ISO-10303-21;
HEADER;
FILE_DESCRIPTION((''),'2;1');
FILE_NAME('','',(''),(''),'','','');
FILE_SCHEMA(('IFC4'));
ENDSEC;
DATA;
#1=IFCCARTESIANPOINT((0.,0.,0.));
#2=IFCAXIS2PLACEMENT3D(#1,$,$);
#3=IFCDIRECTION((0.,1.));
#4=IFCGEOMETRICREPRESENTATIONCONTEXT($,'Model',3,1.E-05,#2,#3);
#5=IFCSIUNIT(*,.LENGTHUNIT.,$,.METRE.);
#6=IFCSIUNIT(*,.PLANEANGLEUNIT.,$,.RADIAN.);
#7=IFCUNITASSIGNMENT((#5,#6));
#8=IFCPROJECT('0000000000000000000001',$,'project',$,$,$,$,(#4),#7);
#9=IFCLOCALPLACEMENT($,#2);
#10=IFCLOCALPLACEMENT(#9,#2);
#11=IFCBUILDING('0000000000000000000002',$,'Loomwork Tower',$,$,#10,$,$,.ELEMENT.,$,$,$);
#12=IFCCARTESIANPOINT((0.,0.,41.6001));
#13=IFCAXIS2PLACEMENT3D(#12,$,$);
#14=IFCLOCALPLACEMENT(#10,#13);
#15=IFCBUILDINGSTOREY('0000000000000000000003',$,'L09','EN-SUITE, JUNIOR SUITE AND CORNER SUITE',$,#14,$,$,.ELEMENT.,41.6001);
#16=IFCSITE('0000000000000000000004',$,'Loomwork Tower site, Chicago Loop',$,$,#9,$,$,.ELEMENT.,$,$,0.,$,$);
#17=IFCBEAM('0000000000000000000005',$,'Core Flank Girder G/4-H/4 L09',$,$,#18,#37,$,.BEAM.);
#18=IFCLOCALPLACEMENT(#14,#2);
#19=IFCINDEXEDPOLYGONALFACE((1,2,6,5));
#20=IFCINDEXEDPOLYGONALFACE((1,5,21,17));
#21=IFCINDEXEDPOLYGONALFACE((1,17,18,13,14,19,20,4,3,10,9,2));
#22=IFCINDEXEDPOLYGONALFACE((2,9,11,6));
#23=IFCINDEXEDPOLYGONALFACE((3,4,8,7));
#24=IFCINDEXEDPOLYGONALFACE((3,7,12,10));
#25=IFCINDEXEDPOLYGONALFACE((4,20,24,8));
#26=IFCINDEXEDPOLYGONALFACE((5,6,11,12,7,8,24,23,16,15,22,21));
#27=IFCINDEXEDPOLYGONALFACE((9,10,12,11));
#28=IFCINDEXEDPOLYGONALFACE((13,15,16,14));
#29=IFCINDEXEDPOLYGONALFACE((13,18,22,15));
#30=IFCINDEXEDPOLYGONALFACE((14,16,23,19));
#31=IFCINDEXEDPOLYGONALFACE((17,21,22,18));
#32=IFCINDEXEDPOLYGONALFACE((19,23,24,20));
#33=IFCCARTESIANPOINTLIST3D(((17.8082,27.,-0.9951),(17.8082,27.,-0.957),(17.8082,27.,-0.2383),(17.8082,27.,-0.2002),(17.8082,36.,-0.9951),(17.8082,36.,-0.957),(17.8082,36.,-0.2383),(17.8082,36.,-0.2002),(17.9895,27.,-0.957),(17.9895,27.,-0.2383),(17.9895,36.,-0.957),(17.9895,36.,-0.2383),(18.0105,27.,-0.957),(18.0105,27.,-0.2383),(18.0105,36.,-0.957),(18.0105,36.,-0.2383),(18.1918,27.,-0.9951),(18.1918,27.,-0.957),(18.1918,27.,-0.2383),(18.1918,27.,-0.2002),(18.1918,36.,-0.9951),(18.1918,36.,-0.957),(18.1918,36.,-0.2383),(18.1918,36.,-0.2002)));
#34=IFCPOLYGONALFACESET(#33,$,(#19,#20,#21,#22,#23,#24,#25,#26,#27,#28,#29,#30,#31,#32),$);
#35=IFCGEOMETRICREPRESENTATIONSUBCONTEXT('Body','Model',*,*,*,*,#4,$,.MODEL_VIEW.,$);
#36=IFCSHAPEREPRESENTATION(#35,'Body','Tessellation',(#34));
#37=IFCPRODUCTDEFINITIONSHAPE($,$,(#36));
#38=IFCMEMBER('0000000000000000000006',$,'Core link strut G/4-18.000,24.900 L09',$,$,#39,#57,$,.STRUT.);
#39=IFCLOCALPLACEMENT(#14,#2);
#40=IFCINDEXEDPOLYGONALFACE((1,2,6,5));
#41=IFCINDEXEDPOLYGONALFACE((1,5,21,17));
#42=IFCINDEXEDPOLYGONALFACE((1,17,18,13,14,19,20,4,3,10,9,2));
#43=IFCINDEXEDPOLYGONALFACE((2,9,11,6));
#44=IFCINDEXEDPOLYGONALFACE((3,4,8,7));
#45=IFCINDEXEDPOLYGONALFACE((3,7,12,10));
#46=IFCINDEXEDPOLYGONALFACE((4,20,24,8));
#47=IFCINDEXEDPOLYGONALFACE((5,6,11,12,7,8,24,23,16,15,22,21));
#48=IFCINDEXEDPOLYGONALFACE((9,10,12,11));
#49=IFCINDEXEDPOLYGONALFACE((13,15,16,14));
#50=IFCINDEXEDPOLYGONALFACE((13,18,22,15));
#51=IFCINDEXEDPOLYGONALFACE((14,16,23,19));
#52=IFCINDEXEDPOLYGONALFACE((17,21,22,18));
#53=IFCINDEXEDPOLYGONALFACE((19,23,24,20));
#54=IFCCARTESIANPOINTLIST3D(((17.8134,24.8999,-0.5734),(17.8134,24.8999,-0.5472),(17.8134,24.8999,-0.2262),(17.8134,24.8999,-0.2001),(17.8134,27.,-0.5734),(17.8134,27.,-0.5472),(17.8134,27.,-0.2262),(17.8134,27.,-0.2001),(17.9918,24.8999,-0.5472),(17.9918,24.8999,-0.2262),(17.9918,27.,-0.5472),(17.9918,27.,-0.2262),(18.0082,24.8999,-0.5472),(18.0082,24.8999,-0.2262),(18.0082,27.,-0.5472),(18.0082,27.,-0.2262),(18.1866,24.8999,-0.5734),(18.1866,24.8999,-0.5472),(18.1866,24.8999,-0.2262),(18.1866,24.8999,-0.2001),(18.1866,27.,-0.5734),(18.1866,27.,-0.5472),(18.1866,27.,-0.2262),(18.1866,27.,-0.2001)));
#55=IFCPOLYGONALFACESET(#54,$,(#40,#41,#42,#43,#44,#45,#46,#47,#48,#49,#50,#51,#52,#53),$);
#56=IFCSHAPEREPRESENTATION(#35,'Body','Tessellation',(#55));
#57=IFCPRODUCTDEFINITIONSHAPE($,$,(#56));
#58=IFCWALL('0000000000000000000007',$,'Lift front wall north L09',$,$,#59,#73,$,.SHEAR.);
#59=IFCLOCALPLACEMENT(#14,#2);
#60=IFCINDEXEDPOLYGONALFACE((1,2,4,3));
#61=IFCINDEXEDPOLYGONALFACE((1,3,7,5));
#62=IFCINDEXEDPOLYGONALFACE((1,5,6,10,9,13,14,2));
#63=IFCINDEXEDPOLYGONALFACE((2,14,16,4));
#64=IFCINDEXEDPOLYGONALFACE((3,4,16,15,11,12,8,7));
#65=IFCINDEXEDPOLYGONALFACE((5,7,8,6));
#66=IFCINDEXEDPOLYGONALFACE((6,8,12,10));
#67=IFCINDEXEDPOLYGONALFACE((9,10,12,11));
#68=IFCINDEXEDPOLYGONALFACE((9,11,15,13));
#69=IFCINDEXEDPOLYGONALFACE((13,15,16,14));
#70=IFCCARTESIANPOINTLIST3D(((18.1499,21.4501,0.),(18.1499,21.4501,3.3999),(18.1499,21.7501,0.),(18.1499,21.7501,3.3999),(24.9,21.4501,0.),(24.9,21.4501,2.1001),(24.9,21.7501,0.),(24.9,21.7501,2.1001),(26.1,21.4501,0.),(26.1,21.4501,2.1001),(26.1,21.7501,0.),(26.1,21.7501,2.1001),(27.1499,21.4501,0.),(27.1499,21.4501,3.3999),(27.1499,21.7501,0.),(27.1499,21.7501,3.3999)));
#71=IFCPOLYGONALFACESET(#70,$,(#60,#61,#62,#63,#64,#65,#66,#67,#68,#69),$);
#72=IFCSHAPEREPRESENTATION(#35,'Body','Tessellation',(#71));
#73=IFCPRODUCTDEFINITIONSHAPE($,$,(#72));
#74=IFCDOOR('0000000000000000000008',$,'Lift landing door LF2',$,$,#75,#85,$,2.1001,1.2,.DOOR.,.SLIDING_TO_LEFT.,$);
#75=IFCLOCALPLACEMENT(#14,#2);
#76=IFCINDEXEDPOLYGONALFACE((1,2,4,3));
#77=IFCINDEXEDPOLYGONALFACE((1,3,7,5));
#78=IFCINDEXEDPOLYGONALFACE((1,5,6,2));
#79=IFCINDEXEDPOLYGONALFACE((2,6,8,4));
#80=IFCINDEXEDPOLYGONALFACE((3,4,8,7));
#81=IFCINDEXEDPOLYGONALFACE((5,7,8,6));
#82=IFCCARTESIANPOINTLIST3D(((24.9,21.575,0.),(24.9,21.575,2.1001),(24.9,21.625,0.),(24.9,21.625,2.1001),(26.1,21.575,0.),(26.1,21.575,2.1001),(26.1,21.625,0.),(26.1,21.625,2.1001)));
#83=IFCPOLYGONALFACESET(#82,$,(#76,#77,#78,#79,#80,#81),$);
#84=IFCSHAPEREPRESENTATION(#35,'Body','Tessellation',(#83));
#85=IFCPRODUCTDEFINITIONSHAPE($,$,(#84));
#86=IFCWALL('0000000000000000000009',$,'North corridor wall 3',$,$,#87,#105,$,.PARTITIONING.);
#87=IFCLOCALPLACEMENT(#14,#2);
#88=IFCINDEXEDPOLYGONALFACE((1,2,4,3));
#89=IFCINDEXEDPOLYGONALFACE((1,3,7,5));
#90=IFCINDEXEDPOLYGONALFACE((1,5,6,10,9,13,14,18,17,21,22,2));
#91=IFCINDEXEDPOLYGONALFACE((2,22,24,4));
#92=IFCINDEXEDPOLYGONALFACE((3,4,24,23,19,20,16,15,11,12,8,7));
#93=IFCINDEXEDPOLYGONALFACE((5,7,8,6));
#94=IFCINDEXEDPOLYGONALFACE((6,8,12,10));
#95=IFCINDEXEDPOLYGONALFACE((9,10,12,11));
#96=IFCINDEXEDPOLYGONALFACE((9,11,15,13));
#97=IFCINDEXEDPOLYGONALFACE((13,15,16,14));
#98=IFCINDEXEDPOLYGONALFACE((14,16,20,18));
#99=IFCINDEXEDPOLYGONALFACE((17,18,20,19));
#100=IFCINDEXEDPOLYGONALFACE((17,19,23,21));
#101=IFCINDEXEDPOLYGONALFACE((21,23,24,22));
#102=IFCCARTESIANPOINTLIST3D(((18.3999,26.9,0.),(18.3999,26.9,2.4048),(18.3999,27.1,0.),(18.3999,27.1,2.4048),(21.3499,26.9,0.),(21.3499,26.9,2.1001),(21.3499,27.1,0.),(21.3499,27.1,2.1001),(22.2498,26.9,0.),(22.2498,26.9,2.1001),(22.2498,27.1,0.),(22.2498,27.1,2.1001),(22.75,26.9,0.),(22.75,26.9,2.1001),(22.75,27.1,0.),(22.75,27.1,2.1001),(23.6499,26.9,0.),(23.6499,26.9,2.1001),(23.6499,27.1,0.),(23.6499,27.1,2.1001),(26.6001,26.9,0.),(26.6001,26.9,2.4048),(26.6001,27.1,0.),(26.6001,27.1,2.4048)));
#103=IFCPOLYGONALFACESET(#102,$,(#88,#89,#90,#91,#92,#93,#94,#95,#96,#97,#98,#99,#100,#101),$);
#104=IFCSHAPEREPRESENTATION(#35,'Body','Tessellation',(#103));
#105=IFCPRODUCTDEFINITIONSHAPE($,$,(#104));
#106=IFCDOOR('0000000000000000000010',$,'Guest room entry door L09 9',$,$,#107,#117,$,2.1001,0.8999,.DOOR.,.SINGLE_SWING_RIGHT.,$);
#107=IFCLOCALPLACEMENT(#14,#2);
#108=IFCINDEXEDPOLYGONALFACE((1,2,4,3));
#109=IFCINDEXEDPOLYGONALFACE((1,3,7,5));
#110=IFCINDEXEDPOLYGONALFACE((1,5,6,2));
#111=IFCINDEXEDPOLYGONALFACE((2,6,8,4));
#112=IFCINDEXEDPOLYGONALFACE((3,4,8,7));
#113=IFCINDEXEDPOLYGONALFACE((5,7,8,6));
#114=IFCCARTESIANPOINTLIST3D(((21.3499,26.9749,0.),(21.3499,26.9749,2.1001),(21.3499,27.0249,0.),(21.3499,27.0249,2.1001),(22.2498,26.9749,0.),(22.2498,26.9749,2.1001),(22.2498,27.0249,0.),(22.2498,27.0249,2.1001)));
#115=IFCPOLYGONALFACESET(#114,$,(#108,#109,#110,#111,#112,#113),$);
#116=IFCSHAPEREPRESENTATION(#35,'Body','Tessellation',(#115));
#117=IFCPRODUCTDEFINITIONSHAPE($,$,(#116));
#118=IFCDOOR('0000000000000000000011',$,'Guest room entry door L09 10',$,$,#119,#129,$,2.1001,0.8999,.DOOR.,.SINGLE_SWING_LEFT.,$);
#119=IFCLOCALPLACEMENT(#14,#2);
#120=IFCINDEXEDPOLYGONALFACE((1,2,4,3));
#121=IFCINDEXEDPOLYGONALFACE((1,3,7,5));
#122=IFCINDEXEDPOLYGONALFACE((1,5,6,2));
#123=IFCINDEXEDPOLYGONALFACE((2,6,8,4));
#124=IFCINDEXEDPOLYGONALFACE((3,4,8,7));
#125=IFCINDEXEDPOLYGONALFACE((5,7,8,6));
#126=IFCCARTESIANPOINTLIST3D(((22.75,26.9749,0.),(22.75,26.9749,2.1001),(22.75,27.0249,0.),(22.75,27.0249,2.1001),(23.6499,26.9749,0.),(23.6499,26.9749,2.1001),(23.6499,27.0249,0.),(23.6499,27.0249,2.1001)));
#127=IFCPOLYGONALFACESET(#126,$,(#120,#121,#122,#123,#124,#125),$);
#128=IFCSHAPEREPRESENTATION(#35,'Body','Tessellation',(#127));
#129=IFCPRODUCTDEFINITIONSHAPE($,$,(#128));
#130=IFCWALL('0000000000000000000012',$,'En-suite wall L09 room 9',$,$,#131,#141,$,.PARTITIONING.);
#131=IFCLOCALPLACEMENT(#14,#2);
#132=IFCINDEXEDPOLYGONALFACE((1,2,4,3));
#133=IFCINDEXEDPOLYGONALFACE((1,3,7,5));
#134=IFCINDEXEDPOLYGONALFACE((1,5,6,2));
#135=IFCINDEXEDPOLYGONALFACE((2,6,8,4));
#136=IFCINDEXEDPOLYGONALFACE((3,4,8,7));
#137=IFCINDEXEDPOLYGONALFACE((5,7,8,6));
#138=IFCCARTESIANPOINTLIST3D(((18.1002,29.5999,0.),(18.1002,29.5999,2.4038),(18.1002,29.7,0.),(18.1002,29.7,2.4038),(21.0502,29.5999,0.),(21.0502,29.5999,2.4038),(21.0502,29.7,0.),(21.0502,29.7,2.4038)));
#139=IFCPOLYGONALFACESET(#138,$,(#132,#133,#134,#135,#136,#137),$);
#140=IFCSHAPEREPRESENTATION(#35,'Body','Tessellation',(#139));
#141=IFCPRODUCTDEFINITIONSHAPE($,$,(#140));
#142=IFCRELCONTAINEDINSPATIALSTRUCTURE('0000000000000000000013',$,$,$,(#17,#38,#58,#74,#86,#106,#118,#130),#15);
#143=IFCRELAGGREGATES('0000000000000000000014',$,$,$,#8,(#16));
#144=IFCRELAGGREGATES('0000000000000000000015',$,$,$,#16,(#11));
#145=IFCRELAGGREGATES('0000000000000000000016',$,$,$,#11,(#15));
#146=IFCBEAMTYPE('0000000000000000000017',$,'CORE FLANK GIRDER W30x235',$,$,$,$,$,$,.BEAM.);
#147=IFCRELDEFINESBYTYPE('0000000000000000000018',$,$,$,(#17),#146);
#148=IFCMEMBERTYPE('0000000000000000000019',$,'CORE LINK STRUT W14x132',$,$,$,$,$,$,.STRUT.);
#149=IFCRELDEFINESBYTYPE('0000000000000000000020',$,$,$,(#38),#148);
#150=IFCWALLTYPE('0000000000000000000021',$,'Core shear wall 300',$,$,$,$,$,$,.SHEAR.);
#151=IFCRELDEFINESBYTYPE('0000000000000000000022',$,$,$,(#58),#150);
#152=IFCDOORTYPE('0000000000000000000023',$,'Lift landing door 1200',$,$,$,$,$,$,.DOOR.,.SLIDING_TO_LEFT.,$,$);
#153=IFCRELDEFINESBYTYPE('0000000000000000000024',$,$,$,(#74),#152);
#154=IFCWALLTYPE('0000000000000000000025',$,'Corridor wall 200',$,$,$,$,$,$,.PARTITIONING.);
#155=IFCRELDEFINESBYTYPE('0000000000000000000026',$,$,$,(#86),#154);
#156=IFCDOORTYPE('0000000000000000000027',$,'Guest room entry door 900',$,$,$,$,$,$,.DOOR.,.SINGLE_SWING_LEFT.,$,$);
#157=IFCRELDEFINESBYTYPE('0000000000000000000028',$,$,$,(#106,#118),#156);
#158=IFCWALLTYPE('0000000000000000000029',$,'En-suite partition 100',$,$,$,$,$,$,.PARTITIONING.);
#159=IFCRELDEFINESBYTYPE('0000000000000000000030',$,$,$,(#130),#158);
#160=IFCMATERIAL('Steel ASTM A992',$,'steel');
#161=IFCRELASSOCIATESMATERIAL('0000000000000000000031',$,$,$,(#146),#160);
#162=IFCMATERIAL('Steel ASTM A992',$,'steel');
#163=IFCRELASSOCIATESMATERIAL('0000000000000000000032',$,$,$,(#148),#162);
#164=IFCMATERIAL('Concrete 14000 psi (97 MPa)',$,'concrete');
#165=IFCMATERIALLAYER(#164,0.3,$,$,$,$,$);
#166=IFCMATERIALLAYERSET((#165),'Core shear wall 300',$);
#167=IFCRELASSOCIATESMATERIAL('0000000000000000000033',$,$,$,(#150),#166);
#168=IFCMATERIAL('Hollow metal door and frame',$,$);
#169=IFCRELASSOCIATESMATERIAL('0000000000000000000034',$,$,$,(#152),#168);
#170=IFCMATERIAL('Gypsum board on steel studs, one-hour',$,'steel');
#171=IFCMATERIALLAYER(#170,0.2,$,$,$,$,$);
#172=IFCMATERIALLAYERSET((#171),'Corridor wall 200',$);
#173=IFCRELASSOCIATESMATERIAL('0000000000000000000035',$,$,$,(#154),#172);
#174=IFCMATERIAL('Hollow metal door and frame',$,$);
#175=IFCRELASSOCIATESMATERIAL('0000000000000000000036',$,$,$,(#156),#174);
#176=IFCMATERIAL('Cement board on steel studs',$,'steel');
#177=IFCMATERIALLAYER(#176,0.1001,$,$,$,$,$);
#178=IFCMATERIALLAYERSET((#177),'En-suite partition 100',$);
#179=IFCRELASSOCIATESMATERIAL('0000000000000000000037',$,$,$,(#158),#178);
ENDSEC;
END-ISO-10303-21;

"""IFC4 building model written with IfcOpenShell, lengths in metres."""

from ifc_helpers import new_model, si_unit, direction, frame, frame_2d, origin, origin_2d, place, context, subcontext, project, spatial, rectangle, i_section, extrude, material, layer, layer_set, material_profile, profile_set, type_object, element, fill, save


model = new_model("IFC4")

# Units and contexts
model_context = context("Model", 3, precision=1e-05, world=origin(), true_north=direction((0.0, 1.0)))
body_context = subcontext(model_context, "Body", "Model", "MODEL_VIEW")
ifc_project = project(units=[si_unit("LENGTHUNIT", "METRE"), si_unit("PLANEANGLEUNIT", "RADIAN")], contexts=[model_context])

# Site, building, storey
site_placement = place(None, origin())
site = spatial("IfcSite", under=ifc_project, at=site_placement, Name="Loomwork Tower site, Chicago Loop", CompositionType="ELEMENT", RefElevation=0.0)
building_placement = place(site_placement, origin())
building = spatial("IfcBuilding", under=site, at=building_placement, Name="Loomwork Tower", CompositionType="ELEMENT")
storey_placement = place(building_placement, frame((0.0, 0.0, 41.6001)))
storey = spatial("IfcBuildingStorey", under=building, at=storey_placement, Name="L09", Description="EN-SUITE, JUNIOR SUITE AND CORNER SUITE", CompositionType="ELEMENT", Elevation=41.6001)

# Beam
ifc_material_1 = material(Name="Steel ASTM A992", Category="steel")
ifc_material_profile_1 = material_profile(ifc_material_1, i_section(OverallWidth=0.3835, OverallDepth=0.7949, WebThickness=0.021, FlangeThickness=0.0381, at=origin_2d()), Name="W30x235")
ifc_profile_set_1 = profile_set([ifc_material_profile_1], Name="Steel ASTM A992")
beam_type = type_object("IfcBeamType", Name="CORE FLANK GIRDER W30x235", PredefinedType="BEAM", material=ifc_profile_set_1)
beam_placement = place(storey_placement, frame((18.0, 27.0, -0.5977), z_axis=(0.0, 1.0, 0.0), x_axis=(-1.0, 0.0, 0.0)))
element("IfcBeam", 1, at=beam_placement, inside=storey, type_object=beam_type, Name="Core Flank Girder G/4-H/4 L09", PredefinedType="BEAM", context=body_context, shape_type="SweptSolid", body=[
    extrude(i_section(OverallWidth=0.3835, OverallDepth=0.7949, WebThickness=0.021, FlangeThickness=0.0381, at=origin_2d()), origin(), (0.0, 0.0, 1.0), 9.0),
])

# Member
ifc_material_2 = material(Name="Steel ASTM A992", Category="steel")
ifc_material_profile_2 = material_profile(ifc_material_2, i_section(OverallWidth=0.3733, OverallDepth=0.3733, WebThickness=0.0164, FlangeThickness=0.0261, at=origin_2d()), Name="W14x132")
ifc_profile_set_2 = profile_set([ifc_material_profile_2], Name="Steel ASTM A992")
member_type = type_object("IfcMemberType", Name="CORE LINK STRUT W14x132", PredefinedType="STRUT", material=ifc_profile_set_2)
member_placement = place(storey_placement, frame((18.0, 27.0, -0.3867), z_axis=(0.0, -1.0, 0.0), x_axis=(1.0, 0.0, 0.0)))
element("IfcMember", 2, at=member_placement, inside=storey, type_object=member_type, Name="Core link strut G/4-18.000,24.900 L09", PredefinedType="STRUT", context=body_context, shape_type="SweptSolid", body=[
    extrude(i_section(OverallWidth=0.3733, OverallDepth=0.3733, WebThickness=0.0164, FlangeThickness=0.0261, at=origin_2d()), origin(), (0.0, 0.0, 1.0), 2.1001),
])

# Wall, opening, door
ifc_material_3 = material(Name="Concrete 14000 psi (97 MPa)", Category="concrete")
ifc_layer_1 = layer(ifc_material_3, 0.3)
ifc_layer_set_1 = layer_set([ifc_layer_1], Name="Core shear wall 300")
wall_type_1 = type_object("IfcWallType", Name="Core shear wall 300", PredefinedType="SHEAR", material=ifc_layer_set_1)
wall_1_placement = place(storey_placement, frame((18.1499, 21.6001, 0.0), z_axis=(0.0, 0.0, 1.0), x_axis=(1.0, 0.0, 0.0)))
wall_1 = element("IfcWall", 3, at=wall_1_placement, inside=storey, type_object=wall_type_1, Name="Lift front wall north L09", PredefinedType="SHEAR", context=body_context, shape_type="SweptSolid", body=[
    extrude(rectangle(XDim=9.0, YDim=0.3, at=frame_2d((4.5, 0.0))), origin(), (0.0, 0.0, 1.0), 3.3999),
])
opening_1_placement = place(wall_1_placement, frame((6.75, 0.0, 0.0)))
opening_1 = element("IfcOpeningElement", 4, at=opening_1_placement, cuts=wall_1, PredefinedType="OPENING", context=body_context, shape_type="SweptSolid", body=[
    extrude(rectangle(XDim=1.2, YDim=2.1001, at=frame_2d((0.6001, 1.05))), frame((0.0, 0.1599, 0.0), z_axis=(0.0, -1.0, 0.0), x_axis=(1.0, 0.0, 0.0)), (0.0, 0.0, 1.0), 0.3201),
])
ifc_material_4 = material(Name="Hollow metal door and frame")
door_type_1 = type_object("IfcDoorType", Name="Lift landing door 1200", OperationType="SLIDING_TO_LEFT", PredefinedType="DOOR", material=ifc_material_4)
door_1_placement = place(opening_1_placement, origin())
door_1 = element("IfcDoor", 5, at=door_1_placement, inside=storey, type_object=door_type_1, Name="Lift landing door LF2", OperationType="SLIDING_TO_LEFT", OverallHeight=2.1001, OverallWidth=1.2, PredefinedType="DOOR", context=body_context, shape_type="SweptSolid", body=[
    extrude(rectangle(XDim=1.2, YDim=2.1001, at=frame_2d((0.6001, 1.05))), frame((0.0, 0.0249, 0.0), z_axis=(0.0, -1.0, 0.0), x_axis=(1.0, 0.0, 0.0)), (0.0, 0.0, 1.0), 0.05),
])
fill(opening_1, door_1)

# Wall, openings, doors
ifc_material_5 = material(Name="Gypsum board on steel studs, one-hour", Category="steel")
ifc_layer_2 = layer(ifc_material_5, 0.2)
ifc_layer_set_2 = layer_set([ifc_layer_2], Name="Corridor wall 200")
wall_type_2 = type_object("IfcWallType", Name="Corridor wall 200", PredefinedType="PARTITIONING", material=ifc_layer_set_2)
wall_2_placement = place(storey_placement, frame((18.3999, 27.0, 0.0), z_axis=(0.0, 0.0, 1.0), x_axis=(1.0, 0.0, 0.0)))
wall_2 = element("IfcWall", 6, at=wall_2_placement, inside=storey, type_object=wall_type_2, Name="North corridor wall 3", PredefinedType="PARTITIONING", context=body_context, shape_type="SweptSolid", body=[
    extrude(rectangle(XDim=8.2002, YDim=0.2, at=frame_2d((4.1001, 0.0))), origin(), (0.0, 0.0, 1.0), 2.4048),
])
opening_2_placement = place(wall_2_placement, frame((2.95, 0.0, 0.0)))
opening_2 = element("IfcOpeningElement", 7, at=opening_2_placement, cuts=wall_2, PredefinedType="OPENING", context=body_context, shape_type="SweptSolid", body=[
    extrude(rectangle(XDim=0.8999, YDim=2.1001, at=frame_2d((0.45, 1.05))), frame((0.0, 0.1099, 0.0), z_axis=(0.0, -1.0, 0.0), x_axis=(1.0, 0.0, 0.0)), (0.0, 0.0, 1.0), 0.22),
])
opening_3_placement = place(wall_2_placement, frame((4.3501, 0.0, 0.0)))
opening_3 = element("IfcOpeningElement", 8, at=opening_3_placement, cuts=wall_2, PredefinedType="OPENING", context=body_context, shape_type="SweptSolid", body=[
    extrude(rectangle(XDim=0.8999, YDim=2.1001, at=frame_2d((0.45, 1.05))), frame((0.0, 0.1099, 0.0), z_axis=(0.0, -1.0, 0.0), x_axis=(1.0, 0.0, 0.0)), (0.0, 0.0, 1.0), 0.22),
])
ifc_material_6 = material(Name="Hollow metal door and frame")
door_type_2 = type_object("IfcDoorType", Name="Guest room entry door 900", OperationType="SINGLE_SWING_LEFT", PredefinedType="DOOR", material=ifc_material_6)
door_2_placement = place(opening_2_placement, origin())
door_2 = element("IfcDoor", 9, at=door_2_placement, inside=storey, type_object=door_type_2, Name="Guest room entry door L09 9", OperationType="SINGLE_SWING_RIGHT", OverallHeight=2.1001, OverallWidth=0.8999, PredefinedType="DOOR", context=body_context, shape_type="SweptSolid", body=[
    extrude(rectangle(XDim=0.8999, YDim=2.1001, at=frame_2d((0.45, 1.05))), frame((0.0, 0.0249, 0.0), z_axis=(0.0, -1.0, 0.0), x_axis=(1.0, 0.0, 0.0)), (0.0, 0.0, 1.0), 0.05),
])
fill(opening_2, door_2)
door_3_placement = place(opening_3_placement, origin())
door_3 = element("IfcDoor", 10, at=door_3_placement, inside=storey, type_object=door_type_2, Name="Guest room entry door L09 10", OperationType="SINGLE_SWING_LEFT", OverallHeight=2.1001, OverallWidth=0.8999, PredefinedType="DOOR", context=body_context, shape_type="SweptSolid", body=[
    extrude(rectangle(XDim=0.8999, YDim=2.1001, at=frame_2d((0.45, 1.05))), frame((0.0, 0.0249, 0.0), z_axis=(0.0, -1.0, 0.0), x_axis=(1.0, 0.0, 0.0)), (0.0, 0.0, 1.0), 0.05),
])
fill(opening_3, door_3)

# Wall
ifc_material_7 = material(Name="Cement board on steel studs", Category="steel")
ifc_layer_3 = layer(ifc_material_7, 0.1001)
ifc_layer_set_3 = layer_set([ifc_layer_3], Name="En-suite partition 100")
wall_type_3 = type_object("IfcWallType", Name="En-suite partition 100", PredefinedType="PARTITIONING", material=ifc_layer_set_3)
wall_3_placement = place(storey_placement, frame((18.1001, 29.6499, 0.0), z_axis=(0.0, 0.0, 1.0), x_axis=(1.0, 0.0, 0.0)))
element("IfcWall", 11, at=wall_3_placement, inside=storey, type_object=wall_type_3, Name="En-suite wall L09 room 9", PredefinedType="PARTITIONING", context=body_context, shape_type="SweptSolid", body=[
    extrude(rectangle(XDim=2.95, YDim=0.1001, at=frame_2d((1.4751, 0.0))), origin(), (0.0, 0.0, 1.0), 2.4038),
])

save(model, "model.ifc")
